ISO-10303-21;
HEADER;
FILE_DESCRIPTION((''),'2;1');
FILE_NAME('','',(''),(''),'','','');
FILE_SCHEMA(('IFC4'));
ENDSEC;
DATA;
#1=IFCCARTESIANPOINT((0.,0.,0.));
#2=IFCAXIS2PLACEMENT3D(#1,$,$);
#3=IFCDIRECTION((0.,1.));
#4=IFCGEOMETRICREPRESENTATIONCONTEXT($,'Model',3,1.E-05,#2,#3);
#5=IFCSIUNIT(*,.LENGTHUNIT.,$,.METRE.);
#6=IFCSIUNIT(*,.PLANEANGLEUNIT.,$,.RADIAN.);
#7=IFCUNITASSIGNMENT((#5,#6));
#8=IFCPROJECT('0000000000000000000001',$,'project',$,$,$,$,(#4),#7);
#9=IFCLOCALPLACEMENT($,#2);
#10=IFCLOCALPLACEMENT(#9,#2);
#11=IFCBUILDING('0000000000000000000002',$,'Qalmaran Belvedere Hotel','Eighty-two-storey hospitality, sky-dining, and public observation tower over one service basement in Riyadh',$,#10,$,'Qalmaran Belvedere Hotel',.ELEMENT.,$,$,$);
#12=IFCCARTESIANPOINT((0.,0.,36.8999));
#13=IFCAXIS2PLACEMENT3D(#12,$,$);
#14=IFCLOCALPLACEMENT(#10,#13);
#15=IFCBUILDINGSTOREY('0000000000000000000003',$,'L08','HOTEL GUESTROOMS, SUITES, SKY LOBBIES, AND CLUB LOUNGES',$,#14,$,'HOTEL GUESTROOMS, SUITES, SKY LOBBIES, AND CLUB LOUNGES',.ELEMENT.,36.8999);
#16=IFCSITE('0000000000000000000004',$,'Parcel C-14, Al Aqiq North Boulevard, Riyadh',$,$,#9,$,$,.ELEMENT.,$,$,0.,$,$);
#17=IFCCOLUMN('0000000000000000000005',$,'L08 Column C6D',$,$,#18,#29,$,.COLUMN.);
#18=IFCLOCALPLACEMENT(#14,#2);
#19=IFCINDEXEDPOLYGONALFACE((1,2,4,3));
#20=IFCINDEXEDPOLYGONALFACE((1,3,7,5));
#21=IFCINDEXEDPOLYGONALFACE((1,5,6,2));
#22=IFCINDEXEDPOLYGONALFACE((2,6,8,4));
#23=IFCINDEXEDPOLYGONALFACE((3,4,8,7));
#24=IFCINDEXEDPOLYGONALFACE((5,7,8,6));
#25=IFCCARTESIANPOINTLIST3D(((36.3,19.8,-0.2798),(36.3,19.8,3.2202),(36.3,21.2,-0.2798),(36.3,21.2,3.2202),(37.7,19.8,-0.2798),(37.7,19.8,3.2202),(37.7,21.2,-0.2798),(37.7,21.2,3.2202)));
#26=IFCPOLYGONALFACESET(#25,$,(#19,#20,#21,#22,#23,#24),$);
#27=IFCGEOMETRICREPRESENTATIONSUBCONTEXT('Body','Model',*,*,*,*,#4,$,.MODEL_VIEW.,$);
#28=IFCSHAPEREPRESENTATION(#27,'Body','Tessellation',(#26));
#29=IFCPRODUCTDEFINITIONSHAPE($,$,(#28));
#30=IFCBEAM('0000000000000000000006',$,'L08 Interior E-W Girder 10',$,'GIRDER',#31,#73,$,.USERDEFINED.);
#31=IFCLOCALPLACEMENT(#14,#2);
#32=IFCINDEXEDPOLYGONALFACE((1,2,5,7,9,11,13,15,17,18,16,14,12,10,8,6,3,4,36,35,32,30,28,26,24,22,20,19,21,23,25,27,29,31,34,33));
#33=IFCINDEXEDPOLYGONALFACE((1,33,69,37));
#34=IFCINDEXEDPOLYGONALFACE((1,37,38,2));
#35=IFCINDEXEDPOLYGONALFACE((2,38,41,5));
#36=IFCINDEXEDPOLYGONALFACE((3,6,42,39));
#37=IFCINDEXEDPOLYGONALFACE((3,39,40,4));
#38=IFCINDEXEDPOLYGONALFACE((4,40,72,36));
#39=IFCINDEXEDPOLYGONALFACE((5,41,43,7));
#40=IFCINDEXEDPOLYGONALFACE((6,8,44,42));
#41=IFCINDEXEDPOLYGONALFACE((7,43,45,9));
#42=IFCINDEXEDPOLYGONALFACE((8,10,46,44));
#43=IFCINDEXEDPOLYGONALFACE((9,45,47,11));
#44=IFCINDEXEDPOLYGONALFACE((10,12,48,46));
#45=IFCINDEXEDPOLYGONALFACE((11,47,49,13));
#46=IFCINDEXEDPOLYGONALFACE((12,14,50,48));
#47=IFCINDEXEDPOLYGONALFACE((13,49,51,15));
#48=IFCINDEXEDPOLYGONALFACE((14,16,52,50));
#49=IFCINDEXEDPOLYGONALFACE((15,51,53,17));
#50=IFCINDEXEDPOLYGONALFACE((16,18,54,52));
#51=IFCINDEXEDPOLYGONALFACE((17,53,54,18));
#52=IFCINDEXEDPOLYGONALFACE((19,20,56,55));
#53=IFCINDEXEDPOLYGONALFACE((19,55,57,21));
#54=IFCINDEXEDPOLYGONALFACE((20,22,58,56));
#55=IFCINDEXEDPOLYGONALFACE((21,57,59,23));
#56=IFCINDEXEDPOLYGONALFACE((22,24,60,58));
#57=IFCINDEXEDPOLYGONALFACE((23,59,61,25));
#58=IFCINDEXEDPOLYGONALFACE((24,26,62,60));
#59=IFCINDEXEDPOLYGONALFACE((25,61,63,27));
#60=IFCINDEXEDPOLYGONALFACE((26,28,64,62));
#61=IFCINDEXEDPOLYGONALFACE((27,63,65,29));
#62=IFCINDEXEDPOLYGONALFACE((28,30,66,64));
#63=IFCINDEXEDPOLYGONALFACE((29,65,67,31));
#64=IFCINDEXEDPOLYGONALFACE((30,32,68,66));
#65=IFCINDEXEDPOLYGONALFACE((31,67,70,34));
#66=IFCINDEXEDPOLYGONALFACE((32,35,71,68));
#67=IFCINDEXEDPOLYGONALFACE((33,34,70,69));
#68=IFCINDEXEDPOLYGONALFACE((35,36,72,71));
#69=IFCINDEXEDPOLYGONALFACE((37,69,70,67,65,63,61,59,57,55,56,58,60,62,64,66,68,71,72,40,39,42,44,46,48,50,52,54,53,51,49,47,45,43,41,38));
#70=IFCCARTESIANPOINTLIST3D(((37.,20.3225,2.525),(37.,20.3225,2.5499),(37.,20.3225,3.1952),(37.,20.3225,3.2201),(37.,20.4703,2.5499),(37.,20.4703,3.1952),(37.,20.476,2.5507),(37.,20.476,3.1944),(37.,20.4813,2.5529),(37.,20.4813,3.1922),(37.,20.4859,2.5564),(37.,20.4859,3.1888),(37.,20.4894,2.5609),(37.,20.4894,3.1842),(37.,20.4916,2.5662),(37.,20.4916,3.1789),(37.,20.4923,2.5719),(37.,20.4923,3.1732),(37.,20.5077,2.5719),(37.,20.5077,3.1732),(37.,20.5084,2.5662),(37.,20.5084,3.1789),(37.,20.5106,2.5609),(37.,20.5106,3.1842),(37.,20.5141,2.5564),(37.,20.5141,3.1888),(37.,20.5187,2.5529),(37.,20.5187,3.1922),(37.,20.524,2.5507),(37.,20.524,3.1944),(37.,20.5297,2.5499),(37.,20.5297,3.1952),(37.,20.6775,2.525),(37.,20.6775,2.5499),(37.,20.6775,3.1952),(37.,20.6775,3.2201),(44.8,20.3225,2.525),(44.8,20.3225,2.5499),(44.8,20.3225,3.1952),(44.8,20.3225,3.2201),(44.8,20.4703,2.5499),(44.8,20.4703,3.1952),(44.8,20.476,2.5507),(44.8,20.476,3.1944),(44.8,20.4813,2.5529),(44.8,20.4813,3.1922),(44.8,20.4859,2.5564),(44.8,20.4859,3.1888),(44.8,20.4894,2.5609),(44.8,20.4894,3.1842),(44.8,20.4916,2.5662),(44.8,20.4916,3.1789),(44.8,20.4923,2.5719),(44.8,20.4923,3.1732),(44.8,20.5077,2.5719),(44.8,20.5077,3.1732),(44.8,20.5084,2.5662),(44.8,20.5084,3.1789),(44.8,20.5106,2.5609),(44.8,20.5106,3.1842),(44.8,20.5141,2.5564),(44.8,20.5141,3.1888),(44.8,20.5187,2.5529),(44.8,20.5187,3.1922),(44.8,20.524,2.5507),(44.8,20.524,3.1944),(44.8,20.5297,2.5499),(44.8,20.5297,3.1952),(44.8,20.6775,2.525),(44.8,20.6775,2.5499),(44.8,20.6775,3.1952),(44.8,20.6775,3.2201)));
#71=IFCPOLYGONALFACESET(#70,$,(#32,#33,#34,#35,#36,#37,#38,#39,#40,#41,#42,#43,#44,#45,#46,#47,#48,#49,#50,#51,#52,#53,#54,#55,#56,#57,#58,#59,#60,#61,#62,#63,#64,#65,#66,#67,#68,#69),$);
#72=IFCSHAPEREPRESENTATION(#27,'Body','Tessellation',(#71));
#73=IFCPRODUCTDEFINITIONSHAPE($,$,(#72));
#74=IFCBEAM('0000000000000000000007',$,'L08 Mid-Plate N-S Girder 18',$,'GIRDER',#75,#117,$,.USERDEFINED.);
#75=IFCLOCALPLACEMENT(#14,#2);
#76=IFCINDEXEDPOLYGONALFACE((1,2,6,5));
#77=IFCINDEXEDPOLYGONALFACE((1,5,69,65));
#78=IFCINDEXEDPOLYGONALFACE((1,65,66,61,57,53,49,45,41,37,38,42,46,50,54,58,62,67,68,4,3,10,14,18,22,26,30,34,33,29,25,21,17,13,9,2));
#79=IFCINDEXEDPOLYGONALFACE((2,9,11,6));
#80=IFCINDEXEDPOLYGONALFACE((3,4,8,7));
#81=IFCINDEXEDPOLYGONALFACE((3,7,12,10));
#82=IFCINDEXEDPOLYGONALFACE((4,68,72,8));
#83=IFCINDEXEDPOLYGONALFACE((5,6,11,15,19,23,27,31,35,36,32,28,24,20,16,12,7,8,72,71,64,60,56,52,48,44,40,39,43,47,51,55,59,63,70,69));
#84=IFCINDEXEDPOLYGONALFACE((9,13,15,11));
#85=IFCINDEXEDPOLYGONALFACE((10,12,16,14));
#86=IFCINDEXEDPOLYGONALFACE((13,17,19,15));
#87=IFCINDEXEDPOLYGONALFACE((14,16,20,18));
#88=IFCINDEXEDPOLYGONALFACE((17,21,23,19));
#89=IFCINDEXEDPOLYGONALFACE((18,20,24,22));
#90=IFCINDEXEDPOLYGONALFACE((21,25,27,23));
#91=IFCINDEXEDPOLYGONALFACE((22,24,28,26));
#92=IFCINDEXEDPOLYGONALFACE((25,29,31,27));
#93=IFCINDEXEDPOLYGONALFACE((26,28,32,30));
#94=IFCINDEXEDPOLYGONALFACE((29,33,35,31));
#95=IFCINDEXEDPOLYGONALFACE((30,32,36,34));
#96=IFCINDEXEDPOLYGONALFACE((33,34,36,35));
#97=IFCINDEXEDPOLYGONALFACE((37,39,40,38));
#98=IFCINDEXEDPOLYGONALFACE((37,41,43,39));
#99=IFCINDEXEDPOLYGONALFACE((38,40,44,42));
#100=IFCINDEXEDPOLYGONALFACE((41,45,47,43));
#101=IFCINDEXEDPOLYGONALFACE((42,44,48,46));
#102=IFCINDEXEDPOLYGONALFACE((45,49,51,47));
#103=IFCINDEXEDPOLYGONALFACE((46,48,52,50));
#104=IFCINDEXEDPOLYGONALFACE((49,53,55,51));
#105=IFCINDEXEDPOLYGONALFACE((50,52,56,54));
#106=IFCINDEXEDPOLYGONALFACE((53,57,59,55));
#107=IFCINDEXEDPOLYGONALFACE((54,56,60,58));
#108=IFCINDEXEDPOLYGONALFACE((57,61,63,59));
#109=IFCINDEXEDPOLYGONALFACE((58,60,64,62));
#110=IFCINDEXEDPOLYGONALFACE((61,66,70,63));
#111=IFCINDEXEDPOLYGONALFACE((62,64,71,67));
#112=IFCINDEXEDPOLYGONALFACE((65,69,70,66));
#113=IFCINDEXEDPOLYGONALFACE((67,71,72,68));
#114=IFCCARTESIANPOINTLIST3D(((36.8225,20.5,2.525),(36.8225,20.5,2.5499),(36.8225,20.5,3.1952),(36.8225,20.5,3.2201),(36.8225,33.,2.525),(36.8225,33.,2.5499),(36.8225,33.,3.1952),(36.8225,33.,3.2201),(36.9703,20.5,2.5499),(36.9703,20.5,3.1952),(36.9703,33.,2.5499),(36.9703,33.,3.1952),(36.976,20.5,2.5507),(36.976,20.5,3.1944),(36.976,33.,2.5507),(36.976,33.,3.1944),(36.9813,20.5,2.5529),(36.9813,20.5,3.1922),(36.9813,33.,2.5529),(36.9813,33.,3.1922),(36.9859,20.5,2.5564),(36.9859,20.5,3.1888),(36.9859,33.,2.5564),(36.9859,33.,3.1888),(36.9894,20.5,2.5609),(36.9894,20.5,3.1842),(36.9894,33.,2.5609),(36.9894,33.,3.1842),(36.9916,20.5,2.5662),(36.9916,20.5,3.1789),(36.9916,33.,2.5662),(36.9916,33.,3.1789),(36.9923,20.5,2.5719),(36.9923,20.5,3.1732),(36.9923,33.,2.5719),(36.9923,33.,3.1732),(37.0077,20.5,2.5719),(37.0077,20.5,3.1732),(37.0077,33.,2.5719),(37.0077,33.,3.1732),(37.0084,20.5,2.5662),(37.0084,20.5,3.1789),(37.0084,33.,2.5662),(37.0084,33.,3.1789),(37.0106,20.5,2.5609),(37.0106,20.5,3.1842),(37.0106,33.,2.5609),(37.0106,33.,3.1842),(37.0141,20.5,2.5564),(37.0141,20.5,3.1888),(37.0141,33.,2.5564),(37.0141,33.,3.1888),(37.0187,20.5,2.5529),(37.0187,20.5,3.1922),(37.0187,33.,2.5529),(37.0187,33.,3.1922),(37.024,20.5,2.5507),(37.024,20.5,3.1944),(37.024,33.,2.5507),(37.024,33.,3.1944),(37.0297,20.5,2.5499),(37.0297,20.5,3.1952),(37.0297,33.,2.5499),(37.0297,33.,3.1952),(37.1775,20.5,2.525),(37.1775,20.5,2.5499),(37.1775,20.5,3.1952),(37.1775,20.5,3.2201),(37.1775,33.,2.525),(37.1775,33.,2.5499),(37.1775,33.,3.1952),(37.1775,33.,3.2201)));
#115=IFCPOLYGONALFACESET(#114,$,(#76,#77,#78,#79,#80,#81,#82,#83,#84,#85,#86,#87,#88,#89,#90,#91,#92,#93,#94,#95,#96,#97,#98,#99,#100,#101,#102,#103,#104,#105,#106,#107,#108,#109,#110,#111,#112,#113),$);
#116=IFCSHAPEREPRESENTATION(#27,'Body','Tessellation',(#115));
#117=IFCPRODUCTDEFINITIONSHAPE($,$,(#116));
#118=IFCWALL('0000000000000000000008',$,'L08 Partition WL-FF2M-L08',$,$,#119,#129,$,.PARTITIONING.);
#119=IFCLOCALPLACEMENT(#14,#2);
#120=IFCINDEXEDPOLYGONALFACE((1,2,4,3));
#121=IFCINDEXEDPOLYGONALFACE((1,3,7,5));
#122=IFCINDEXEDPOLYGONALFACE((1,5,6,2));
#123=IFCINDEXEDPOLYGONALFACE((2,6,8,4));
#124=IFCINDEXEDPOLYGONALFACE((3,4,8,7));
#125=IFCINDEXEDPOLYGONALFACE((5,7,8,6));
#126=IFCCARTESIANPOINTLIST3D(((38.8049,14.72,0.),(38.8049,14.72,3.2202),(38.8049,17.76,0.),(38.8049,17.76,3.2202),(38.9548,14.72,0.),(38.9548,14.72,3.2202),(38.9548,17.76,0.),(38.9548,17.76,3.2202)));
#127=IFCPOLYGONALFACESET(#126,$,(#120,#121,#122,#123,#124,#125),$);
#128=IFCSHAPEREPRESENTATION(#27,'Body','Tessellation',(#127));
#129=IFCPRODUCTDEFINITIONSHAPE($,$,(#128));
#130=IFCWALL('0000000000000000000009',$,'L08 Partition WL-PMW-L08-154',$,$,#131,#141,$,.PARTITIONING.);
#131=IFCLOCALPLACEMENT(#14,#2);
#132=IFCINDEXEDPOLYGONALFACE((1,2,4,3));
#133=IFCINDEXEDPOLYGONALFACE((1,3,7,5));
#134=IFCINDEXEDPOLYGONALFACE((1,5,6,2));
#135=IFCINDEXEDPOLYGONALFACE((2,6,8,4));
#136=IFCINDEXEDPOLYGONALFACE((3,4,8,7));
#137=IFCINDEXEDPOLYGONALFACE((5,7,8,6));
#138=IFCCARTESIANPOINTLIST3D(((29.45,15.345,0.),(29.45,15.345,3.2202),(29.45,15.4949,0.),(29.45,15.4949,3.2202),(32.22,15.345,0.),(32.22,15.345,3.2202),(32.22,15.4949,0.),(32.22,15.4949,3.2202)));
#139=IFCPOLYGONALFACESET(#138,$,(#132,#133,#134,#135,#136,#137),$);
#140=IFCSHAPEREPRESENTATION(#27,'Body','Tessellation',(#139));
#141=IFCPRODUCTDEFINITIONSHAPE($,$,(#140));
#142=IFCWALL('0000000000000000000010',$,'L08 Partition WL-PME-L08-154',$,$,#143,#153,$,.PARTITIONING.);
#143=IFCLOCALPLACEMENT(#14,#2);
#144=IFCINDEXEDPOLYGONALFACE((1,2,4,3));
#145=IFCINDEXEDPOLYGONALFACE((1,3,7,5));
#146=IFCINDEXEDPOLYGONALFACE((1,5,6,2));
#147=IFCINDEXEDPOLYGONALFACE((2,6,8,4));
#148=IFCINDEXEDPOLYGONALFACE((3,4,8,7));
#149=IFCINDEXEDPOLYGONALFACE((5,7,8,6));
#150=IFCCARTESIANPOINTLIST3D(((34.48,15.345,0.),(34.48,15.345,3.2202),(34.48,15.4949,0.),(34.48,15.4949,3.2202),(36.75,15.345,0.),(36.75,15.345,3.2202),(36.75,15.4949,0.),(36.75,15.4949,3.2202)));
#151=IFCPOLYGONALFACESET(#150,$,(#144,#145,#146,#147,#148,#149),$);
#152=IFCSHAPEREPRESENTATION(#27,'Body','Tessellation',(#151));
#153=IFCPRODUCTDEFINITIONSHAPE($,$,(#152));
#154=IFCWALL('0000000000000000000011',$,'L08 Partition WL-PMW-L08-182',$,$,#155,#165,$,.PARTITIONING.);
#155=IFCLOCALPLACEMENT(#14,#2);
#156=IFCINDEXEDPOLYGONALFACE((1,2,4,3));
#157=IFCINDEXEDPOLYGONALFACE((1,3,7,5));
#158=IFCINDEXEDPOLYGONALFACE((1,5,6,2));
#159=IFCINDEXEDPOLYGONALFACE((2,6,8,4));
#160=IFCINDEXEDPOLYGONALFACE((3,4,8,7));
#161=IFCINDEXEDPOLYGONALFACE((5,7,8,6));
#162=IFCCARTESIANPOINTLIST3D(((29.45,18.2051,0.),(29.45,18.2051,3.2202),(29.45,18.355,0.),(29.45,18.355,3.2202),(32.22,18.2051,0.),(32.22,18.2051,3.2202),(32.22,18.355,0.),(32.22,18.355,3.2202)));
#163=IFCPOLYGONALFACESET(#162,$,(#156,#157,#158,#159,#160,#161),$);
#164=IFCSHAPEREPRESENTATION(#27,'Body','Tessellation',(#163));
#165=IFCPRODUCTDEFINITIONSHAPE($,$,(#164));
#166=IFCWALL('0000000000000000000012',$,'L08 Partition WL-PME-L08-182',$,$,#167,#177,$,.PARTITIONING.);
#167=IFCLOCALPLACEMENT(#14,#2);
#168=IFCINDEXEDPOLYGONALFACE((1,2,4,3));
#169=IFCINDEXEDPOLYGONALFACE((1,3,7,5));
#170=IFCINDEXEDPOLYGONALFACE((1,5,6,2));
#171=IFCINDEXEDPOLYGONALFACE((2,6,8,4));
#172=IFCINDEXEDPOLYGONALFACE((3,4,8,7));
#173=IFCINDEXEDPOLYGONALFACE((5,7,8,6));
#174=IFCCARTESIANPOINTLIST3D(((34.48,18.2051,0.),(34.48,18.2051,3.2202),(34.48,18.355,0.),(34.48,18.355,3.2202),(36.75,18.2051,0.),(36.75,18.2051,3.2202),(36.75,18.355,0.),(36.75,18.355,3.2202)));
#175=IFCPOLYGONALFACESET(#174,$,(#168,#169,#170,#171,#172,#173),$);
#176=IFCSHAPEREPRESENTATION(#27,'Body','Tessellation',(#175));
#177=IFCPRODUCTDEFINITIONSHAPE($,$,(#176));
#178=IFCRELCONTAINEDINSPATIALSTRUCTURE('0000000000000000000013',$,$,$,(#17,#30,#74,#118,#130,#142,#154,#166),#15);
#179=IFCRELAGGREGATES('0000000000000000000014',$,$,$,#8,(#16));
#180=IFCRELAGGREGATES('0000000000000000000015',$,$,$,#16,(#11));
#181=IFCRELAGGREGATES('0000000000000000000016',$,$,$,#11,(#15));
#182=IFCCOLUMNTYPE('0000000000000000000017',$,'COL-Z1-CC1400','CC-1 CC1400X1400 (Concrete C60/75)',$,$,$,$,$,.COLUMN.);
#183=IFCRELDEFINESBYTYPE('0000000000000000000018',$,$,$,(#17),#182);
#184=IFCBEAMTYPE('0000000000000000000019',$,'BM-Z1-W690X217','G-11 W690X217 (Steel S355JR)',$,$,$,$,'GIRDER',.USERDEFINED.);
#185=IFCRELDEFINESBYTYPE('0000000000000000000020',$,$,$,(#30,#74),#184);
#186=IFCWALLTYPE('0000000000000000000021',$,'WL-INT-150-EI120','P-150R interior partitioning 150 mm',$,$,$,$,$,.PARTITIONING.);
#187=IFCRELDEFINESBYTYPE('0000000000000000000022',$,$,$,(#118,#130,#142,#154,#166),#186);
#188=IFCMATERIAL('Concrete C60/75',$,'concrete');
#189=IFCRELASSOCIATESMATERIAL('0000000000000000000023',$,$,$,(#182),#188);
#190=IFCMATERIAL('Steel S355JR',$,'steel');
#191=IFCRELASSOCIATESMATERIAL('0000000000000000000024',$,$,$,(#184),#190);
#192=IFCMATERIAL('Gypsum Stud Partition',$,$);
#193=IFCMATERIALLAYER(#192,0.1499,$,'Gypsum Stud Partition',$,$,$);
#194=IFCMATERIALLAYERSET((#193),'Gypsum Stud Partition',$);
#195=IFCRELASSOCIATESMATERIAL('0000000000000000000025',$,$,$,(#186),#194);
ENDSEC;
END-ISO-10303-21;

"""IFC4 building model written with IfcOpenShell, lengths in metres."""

from ifc_helpers import new_model, si_unit, direction, frame, frame_2d, origin, origin_2d, place, context, subcontext, project, spatial, rectangle, i_section, extrude, material, layer, layer_set, material_profile, profile_set, type_object, element, save


model = new_model("IFC4")

# Units and contexts
model_context = context("Model", 3, precision=1e-05, world=origin(), true_north=direction((0.0, 1.0)))
body_context = subcontext(model_context, "Body", "Model", "MODEL_VIEW")
ifc_project = project(units=[si_unit("LENGTHUNIT", "METRE"), si_unit("PLANEANGLEUNIT", "RADIAN")], contexts=[model_context])

# Site, building, storey
site_placement = place(None, origin())
site = spatial("IfcSite", under=ifc_project, at=site_placement, Name="Parcel C-14, Al Aqiq North Boulevard, Riyadh", CompositionType="ELEMENT", RefElevation=0.0)
building_placement = place(site_placement, origin())
building = spatial("IfcBuilding", under=site, at=building_placement, Name="Qalmaran Belvedere Hotel", Description="Eighty-two-storey hospitality, sky-dining, and public observation tower over one service basement in Riyadh", LongName="Qalmaran Belvedere Hotel", CompositionType="ELEMENT")
storey_placement = place(building_placement, frame((0.0, 0.0, 36.8999)))
storey = spatial("IfcBuildingStorey", under=building, at=storey_placement, Name="L08", Description="HOTEL GUESTROOMS, SUITES, SKY LOBBIES, AND CLUB LOUNGES", LongName="HOTEL GUESTROOMS, SUITES, SKY LOBBIES, AND CLUB LOUNGES", CompositionType="ELEMENT", Elevation=36.8999)

# Column
ifc_material_1 = material(Name="Concrete C60/75", Category="concrete")
ifc_material_profile_1 = material_profile(ifc_material_1, rectangle(XDim=1.3999, YDim=1.3999, at=origin_2d()), Name="CC1400X1400")
ifc_profile_set_1 = profile_set([ifc_material_profile_1], Name="Concrete C60/75")
column_type = type_object("IfcColumnType", Name="COL-Z1-CC1400", Description="CC-1 CC1400X1400 (Concrete C60/75)", PredefinedType="COLUMN", material=ifc_profile_set_1)
column_placement = place(storey_placement, frame((37.0, 20.5, -0.2798), z_axis=(0.0, 0.0, 1.0), x_axis=(1.0, 0.0, 0.0)))
element("IfcColumn", 1, at=column_placement, inside=storey, type_object=column_type, Name="L08 Column C6D", PredefinedType="COLUMN", context=body_context, shape_type="SweptSolid", body=[
    extrude(rectangle(XDim=1.3999, YDim=1.3999, at=origin_2d()), origin(), (0.0, 0.0, 1.0), 3.5),
])

# Beams
ifc_material_2 = material(Name="Steel S355JR", Category="steel")
ifc_material_profile_2 = material_profile(ifc_material_2, i_section(OverallWidth=0.355, OverallDepth=0.6951, WebThickness=0.0154, FlangeThickness=0.0249, FilletRadius=0.022, at=origin_2d()), Name="W690X217")
ifc_profile_set_2 = profile_set([ifc_material_profile_2], Name="Steel S355JR")
beam_type = type_object("IfcBeamType", Name="BM-Z1-W690X217", Description="G-11 W690X217 (Steel S355JR)", ElementType="GIRDER", PredefinedType="USERDEFINED", material=ifc_profile_set_2)
beam_1_placement = place(storey_placement, frame((37.0, 20.5, 2.8726), z_axis=(1.0, 0.0, 0.0), x_axis=(0.0, 1.0, 0.0)))
element("IfcBeam", 2, at=beam_1_placement, inside=storey, type_object=beam_type, Name="L08 Interior E-W Girder 10", ObjectType="GIRDER", PredefinedType="USERDEFINED", context=body_context, shape_type="SweptSolid", body=[
    extrude(i_section(OverallWidth=0.355, OverallDepth=0.6951, WebThickness=0.0154, FlangeThickness=0.0249, FilletRadius=0.022, at=origin_2d()), origin(), (0.0, 0.0, 1.0), 7.8),
])
beam_2_placement = place(storey_placement, frame((37.0, 20.5, 2.8726), z_axis=(0.0, 1.0, 0.0), x_axis=(-1.0, 0.0, 0.0)))
element("IfcBeam", 3, at=beam_2_placement, inside=storey, type_object=beam_type, Name="L08 Mid-Plate N-S Girder 18", ObjectType="GIRDER", PredefinedType="USERDEFINED", context=body_context, shape_type="SweptSolid", body=[
    extrude(i_section(OverallWidth=0.355, OverallDepth=0.6951, WebThickness=0.0154, FlangeThickness=0.0249, FilletRadius=0.022, at=origin_2d()), origin(), (0.0, 0.0, 1.0), 12.5),
])

# Walls
ifc_material_3 = material(Name="Gypsum Stud Partition")
ifc_layer_1 = layer(ifc_material_3, 0.1499, Name="Gypsum Stud Partition")
ifc_layer_set_1 = layer_set([ifc_layer_1], Name="Gypsum Stud Partition")
wall_type_1 = type_object("IfcWallType", Name="WL-INT-150-EI120", Description="P-150R interior partitioning 150 mm", PredefinedType="PARTITIONING", material=ifc_layer_set_1)
wall_1_placement = place(storey_placement, frame((38.8799, 14.72, 0.0), z_axis=(0.0, 0.0, 1.0), x_axis=(0.0, 1.0, 0.0)))
element("IfcWall", 4, at=wall_1_placement, inside=storey, type_object=wall_type_1, Name="L08 Partition WL-FF2M-L08", PredefinedType="PARTITIONING", context=body_context, shape_type="SweptSolid", body=[
    extrude(rectangle(XDim=3.04, YDim=0.1499, at=frame_2d((1.52, 0.0))), origin(), (0.0, 0.0, 1.0), 3.2202),
])
wall_2_placement = place(storey_placement, frame((29.45, 15.4199, 0.0), z_axis=(0.0, 0.0, 1.0), x_axis=(1.0, 0.0, 0.0)))
element("IfcWall", 5, at=wall_2_placement, inside=storey, type_object=wall_type_1, Name="L08 Partition WL-PMW-L08-154", PredefinedType="PARTITIONING", context=body_context, shape_type="SweptSolid", body=[
    extrude(rectangle(XDim=2.77, YDim=0.1499, at=frame_2d((1.385, 0.0))), origin(), (0.0, 0.0, 1.0), 3.2202),
])
wall_3_placement = place(storey_placement, frame((34.48, 15.4199, 0.0), z_axis=(0.0, 0.0, 1.0), x_axis=(1.0, 0.0, 0.0)))
element("IfcWall", 6, at=wall_3_placement, inside=storey, type_object=wall_type_1, Name="L08 Partition WL-PME-L08-154", PredefinedType="PARTITIONING", context=body_context, shape_type="SweptSolid", body=[
    extrude(rectangle(XDim=2.27, YDim=0.1499, at=frame_2d((1.135, 0.0))), origin(), (0.0, 0.0, 1.0), 3.2202),
])
wall_4_placement = place(storey_placement, frame((29.45, 18.28, 0.0), z_axis=(0.0, 0.0, 1.0), x_axis=(1.0, 0.0, 0.0)))
element("IfcWall", 7, at=wall_4_placement, inside=storey, type_object=wall_type_1, Name="L08 Partition WL-PMW-L08-182", PredefinedType="PARTITIONING", context=body_context, shape_type="SweptSolid", body=[
    extrude(rectangle(XDim=2.77, YDim=0.1499, at=frame_2d((1.385, 0.0))), origin(), (0.0, 0.0, 1.0), 3.2202),
])
wall_5_placement = place(storey_placement, frame((34.48, 18.28, 0.0), z_axis=(0.0, 0.0, 1.0), x_axis=(1.0, 0.0, 0.0)))
element("IfcWall", 8, at=wall_5_placement, inside=storey, type_object=wall_type_1, Name="L08 Partition WL-PME-L08-182", PredefinedType="PARTITIONING", context=body_context, shape_type="SweptSolid", body=[
    extrude(rectangle(XDim=2.27, YDim=0.1499, at=frame_2d((1.135, 0.0))), origin(), (0.0, 0.0, 1.0), 3.2202),
])

save(model, "model.ifc")
